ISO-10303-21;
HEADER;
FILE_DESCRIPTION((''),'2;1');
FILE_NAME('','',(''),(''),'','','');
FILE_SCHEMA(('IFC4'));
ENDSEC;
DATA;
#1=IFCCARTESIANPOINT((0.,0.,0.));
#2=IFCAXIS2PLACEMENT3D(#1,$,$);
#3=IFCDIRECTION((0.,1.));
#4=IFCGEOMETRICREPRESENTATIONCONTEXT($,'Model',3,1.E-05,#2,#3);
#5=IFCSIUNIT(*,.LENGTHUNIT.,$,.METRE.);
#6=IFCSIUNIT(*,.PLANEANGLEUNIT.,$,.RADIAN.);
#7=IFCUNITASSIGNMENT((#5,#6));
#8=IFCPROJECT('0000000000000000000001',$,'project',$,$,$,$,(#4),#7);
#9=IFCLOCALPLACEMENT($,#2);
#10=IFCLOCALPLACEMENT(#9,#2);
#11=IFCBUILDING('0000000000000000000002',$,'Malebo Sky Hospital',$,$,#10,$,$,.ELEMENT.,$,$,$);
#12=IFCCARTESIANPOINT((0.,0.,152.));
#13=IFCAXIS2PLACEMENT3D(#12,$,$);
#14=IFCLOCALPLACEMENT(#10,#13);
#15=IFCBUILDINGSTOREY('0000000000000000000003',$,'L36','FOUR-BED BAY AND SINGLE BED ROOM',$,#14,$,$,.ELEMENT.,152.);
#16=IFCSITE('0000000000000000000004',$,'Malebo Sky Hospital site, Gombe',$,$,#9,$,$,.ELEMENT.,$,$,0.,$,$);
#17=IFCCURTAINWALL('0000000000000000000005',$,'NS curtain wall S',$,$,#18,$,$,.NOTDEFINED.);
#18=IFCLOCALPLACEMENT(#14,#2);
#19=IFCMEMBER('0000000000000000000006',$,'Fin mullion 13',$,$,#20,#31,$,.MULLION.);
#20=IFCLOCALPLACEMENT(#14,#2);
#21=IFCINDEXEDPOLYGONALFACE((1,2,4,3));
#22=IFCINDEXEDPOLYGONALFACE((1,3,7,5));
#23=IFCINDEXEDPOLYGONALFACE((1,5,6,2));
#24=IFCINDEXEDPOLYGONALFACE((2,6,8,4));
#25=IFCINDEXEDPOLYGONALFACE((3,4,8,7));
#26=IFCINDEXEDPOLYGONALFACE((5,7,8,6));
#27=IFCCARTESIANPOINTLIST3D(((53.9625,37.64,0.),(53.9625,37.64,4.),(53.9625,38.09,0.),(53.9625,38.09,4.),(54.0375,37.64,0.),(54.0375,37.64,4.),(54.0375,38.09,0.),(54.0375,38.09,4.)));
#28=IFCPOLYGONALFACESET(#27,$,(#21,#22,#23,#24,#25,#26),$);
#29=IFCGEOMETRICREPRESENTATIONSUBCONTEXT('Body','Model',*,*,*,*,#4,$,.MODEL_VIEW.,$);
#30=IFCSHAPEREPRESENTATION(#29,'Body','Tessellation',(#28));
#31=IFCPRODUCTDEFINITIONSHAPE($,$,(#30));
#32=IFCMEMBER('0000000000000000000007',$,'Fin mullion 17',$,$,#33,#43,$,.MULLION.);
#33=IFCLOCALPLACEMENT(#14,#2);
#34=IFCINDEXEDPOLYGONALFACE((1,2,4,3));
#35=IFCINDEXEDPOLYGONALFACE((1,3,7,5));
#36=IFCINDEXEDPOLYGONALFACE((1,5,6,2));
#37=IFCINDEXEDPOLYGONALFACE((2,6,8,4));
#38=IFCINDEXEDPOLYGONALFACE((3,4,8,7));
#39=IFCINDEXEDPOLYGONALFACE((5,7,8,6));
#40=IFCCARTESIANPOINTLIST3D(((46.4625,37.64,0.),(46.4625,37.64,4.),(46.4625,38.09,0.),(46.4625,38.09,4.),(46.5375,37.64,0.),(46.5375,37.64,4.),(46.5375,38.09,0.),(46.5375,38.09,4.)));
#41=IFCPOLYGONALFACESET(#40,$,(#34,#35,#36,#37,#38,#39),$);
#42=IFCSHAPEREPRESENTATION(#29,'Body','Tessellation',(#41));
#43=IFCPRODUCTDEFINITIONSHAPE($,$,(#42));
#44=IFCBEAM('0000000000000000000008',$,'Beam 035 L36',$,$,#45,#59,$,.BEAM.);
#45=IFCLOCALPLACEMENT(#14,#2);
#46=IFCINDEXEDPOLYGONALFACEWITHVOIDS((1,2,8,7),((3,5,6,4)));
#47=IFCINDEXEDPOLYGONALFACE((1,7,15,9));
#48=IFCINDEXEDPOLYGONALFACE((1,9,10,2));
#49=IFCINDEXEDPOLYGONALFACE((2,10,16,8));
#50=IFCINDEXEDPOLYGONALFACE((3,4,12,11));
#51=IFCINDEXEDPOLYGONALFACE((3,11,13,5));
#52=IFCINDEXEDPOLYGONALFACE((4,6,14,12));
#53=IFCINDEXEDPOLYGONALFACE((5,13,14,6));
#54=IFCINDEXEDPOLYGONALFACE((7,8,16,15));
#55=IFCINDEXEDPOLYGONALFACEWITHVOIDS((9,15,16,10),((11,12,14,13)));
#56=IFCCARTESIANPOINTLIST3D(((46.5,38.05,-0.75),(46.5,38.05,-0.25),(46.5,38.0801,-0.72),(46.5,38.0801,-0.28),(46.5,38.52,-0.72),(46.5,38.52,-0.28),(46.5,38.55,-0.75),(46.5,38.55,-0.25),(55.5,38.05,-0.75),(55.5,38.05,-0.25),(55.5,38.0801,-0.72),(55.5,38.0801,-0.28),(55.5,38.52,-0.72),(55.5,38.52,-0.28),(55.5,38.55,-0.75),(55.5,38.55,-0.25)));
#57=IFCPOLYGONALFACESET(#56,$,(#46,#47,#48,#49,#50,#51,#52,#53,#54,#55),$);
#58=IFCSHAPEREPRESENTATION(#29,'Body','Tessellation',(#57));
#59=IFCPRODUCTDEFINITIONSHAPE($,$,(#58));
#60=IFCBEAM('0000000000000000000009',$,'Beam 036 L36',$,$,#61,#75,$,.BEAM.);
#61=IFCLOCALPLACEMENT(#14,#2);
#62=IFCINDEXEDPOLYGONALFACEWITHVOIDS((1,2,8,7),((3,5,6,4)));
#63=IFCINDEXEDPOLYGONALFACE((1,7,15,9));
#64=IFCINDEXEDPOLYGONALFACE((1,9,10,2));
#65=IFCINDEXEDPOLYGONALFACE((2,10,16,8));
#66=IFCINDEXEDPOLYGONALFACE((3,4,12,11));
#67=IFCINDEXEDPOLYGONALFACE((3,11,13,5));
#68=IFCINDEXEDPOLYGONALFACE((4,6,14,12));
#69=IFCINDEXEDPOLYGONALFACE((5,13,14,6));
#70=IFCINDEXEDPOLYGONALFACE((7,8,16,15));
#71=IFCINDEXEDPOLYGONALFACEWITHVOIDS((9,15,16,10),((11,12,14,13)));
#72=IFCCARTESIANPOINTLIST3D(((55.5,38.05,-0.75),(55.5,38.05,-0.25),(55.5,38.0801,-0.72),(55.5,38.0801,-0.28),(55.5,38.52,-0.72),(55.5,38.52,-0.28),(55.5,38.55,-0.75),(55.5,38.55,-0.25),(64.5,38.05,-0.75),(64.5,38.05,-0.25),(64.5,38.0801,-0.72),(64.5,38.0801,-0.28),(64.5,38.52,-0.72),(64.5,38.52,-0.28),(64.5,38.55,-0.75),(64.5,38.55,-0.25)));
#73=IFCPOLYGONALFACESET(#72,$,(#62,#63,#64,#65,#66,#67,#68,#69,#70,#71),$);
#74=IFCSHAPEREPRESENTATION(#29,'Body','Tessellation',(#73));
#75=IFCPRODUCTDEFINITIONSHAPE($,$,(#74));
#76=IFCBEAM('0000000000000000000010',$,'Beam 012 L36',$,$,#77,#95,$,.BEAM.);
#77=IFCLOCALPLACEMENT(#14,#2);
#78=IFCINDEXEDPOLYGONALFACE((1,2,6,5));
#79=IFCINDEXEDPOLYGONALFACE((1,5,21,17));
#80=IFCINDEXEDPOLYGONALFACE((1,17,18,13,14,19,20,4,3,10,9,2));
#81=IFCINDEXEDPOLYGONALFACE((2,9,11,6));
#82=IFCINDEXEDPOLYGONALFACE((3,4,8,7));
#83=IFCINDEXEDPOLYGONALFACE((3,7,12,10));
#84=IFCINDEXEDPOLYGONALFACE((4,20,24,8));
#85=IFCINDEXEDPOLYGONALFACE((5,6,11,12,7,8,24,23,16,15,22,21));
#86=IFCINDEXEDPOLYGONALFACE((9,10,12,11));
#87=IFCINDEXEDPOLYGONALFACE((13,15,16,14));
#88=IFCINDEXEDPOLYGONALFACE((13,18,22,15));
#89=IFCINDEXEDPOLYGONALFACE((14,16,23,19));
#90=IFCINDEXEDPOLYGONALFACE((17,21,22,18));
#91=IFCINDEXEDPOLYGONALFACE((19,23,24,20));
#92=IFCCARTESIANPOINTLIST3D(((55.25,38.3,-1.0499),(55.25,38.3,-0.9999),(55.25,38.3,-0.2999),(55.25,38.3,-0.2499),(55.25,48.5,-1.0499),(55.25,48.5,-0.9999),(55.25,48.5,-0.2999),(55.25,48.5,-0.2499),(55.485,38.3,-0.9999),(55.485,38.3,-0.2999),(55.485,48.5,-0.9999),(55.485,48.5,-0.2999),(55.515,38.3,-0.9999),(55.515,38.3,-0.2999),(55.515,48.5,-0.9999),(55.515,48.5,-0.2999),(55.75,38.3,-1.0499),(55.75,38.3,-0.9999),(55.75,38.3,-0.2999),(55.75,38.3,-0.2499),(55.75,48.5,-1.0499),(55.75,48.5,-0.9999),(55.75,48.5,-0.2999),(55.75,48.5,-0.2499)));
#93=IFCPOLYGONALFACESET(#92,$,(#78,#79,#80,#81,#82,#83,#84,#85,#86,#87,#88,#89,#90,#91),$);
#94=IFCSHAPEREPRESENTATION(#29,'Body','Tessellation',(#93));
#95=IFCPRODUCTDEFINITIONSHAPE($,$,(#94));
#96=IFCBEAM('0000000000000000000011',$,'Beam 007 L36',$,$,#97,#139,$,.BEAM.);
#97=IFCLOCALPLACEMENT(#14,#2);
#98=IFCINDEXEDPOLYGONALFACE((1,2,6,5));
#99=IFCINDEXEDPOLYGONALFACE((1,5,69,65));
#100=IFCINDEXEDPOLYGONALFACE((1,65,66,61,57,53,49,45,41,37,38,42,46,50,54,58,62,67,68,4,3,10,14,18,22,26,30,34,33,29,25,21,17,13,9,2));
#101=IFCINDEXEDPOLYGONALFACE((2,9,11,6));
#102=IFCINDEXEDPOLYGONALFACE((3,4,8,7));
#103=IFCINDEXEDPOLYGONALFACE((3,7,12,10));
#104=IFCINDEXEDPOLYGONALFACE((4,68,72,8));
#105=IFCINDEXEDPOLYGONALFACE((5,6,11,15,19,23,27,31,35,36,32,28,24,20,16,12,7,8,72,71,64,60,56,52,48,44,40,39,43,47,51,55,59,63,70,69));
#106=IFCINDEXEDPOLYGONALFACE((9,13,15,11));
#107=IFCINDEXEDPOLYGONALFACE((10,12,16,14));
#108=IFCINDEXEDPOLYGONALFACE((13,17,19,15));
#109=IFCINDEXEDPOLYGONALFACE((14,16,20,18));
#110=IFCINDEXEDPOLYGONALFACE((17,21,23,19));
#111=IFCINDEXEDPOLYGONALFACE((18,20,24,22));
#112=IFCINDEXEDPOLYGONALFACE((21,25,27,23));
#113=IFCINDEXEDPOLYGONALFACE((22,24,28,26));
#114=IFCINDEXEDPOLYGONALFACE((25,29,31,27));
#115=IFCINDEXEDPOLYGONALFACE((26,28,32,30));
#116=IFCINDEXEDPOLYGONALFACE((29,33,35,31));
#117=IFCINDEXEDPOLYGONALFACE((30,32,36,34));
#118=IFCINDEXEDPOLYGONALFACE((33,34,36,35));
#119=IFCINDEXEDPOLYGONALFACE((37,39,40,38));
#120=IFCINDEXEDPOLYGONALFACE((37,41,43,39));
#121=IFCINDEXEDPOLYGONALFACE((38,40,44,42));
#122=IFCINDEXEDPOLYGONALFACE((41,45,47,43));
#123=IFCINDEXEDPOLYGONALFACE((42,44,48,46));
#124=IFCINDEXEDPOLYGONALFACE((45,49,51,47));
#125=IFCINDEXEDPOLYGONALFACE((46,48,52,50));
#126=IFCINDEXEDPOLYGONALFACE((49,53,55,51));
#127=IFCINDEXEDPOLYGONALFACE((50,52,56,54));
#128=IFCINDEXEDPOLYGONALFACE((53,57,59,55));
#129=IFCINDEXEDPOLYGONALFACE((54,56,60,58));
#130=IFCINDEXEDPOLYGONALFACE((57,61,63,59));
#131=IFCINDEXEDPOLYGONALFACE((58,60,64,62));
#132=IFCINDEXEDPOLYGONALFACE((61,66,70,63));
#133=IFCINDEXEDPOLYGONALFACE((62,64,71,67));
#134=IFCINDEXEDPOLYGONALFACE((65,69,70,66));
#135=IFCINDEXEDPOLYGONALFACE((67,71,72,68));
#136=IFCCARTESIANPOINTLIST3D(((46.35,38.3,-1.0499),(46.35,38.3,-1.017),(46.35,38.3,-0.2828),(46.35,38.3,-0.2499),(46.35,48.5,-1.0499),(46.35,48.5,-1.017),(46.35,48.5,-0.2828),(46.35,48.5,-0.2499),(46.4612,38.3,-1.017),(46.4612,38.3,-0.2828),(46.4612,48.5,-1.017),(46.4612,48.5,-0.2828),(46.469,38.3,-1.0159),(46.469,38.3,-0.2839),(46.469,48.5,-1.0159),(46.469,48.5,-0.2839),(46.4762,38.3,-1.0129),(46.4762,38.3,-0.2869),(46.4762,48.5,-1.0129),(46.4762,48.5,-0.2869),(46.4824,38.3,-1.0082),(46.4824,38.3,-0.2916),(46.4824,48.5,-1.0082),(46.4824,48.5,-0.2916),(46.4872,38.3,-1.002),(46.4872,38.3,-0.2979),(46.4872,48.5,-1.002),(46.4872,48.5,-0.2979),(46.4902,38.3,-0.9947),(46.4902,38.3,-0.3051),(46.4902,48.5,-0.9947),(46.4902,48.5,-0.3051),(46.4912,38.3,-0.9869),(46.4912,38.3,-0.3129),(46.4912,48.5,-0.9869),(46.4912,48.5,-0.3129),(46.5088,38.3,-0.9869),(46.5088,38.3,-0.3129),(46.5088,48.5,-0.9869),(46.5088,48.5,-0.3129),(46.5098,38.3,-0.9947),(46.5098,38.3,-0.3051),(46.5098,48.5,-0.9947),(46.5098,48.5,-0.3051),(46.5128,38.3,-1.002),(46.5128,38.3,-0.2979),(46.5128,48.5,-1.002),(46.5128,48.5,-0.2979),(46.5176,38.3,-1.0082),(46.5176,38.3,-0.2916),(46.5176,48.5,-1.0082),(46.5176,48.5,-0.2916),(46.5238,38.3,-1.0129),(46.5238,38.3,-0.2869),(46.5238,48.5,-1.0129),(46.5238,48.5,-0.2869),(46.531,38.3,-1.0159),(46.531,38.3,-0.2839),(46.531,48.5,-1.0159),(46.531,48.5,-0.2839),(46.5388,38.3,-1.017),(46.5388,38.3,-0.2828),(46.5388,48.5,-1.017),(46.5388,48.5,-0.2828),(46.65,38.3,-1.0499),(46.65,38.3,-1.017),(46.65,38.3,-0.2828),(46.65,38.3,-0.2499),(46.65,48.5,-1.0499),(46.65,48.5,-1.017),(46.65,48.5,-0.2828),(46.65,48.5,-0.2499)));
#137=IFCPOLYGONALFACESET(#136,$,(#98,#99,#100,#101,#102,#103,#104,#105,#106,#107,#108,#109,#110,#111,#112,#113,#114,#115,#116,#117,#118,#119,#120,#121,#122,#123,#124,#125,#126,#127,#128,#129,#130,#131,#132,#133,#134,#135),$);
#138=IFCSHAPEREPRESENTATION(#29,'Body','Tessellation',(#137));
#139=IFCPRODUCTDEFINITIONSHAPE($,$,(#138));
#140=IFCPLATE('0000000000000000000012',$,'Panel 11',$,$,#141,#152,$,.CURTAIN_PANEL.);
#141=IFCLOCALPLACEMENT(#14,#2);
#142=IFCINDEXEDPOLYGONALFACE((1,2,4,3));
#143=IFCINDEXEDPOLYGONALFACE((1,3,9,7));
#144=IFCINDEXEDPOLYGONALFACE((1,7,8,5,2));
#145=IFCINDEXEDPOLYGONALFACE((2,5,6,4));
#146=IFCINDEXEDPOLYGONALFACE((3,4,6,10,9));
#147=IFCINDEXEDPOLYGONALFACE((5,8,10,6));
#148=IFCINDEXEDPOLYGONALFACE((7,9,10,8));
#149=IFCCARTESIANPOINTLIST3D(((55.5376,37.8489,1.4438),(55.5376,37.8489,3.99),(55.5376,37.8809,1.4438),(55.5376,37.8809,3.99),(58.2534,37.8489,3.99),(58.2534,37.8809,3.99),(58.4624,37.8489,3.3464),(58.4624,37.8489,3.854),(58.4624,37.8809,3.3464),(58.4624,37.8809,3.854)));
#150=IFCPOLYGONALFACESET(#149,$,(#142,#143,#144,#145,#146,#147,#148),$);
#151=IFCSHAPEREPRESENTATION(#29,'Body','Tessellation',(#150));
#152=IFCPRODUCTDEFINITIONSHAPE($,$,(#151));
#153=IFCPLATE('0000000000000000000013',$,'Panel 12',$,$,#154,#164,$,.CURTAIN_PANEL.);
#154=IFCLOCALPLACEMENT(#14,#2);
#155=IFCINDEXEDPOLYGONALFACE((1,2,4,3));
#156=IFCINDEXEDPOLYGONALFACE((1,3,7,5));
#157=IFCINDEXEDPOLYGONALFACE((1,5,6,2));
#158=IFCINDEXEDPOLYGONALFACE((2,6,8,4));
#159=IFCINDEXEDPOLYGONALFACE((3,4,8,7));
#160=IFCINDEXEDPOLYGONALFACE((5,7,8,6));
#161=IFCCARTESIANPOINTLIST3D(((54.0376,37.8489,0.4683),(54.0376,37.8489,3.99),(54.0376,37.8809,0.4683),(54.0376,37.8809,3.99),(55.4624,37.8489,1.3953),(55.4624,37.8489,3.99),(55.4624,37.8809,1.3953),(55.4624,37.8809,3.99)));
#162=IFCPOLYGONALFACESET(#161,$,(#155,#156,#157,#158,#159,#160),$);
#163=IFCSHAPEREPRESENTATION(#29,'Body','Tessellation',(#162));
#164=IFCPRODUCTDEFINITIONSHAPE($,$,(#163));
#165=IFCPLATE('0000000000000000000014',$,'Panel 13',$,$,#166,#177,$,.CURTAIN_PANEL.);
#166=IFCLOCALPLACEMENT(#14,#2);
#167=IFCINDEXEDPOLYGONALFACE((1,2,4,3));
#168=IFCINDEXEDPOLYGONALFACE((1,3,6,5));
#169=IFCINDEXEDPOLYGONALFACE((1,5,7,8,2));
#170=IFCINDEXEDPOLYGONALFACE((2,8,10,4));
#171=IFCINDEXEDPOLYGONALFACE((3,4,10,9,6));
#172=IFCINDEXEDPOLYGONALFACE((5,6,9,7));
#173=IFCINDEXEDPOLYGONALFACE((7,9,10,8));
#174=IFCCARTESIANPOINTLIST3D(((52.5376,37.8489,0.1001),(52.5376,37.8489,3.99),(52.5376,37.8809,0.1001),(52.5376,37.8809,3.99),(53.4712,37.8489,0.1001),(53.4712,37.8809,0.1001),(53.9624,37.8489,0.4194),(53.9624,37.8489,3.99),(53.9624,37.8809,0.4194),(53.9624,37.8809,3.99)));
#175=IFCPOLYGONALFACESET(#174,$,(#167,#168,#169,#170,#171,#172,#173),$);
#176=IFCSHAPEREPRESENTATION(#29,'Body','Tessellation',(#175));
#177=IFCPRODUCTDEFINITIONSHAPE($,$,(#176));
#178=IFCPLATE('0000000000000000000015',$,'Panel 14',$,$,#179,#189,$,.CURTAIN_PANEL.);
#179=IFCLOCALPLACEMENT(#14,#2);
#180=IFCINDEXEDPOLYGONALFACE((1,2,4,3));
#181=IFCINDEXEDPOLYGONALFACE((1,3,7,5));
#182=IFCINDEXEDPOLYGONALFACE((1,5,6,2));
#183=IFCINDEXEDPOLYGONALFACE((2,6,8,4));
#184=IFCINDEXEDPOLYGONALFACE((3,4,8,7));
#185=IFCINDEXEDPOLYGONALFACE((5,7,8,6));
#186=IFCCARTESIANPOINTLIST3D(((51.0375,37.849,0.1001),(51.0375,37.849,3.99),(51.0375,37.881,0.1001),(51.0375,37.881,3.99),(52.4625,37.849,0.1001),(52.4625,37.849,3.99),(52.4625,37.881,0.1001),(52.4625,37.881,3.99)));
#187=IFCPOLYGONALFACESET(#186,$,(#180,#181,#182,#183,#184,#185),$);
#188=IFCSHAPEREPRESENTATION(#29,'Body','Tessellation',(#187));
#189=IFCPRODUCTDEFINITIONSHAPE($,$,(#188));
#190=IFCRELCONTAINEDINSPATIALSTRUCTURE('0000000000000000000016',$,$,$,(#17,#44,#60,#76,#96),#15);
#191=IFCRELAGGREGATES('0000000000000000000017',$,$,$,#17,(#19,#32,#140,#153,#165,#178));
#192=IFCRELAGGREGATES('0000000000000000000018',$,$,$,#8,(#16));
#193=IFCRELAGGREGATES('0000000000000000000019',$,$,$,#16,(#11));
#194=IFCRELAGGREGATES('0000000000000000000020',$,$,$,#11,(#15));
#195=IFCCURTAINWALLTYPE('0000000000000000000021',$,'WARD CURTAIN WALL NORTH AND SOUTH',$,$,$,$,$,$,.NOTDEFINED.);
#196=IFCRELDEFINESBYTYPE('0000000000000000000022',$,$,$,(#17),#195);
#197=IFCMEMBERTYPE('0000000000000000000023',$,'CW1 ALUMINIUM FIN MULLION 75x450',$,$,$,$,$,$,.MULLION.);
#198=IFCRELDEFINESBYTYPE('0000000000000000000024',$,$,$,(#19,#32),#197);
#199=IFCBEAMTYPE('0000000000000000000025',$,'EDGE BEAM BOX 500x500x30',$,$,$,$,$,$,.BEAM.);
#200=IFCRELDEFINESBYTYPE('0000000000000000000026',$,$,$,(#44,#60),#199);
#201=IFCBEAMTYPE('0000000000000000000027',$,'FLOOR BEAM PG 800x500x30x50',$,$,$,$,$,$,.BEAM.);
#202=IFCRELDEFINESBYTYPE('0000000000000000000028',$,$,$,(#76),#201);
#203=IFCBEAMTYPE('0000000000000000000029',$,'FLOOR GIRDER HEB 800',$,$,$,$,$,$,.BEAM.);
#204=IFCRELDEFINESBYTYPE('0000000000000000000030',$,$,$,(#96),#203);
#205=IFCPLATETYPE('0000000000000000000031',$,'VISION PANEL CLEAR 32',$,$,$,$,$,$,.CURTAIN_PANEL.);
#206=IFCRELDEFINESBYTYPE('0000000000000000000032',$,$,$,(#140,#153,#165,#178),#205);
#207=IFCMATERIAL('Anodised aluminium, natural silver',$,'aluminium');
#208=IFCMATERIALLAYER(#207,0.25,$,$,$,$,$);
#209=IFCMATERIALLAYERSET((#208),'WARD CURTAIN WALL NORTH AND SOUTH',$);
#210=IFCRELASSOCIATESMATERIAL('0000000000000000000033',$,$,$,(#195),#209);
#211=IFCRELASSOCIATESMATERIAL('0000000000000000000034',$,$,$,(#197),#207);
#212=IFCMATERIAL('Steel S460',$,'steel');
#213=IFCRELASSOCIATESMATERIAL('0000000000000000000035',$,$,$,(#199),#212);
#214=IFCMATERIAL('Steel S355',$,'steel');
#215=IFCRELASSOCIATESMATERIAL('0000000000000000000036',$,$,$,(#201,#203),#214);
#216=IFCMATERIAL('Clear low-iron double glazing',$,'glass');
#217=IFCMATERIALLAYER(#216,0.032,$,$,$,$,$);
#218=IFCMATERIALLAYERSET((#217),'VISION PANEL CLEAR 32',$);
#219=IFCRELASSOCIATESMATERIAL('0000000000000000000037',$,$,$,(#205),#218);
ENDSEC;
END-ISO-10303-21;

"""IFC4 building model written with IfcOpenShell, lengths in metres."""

from ifc_helpers import new_model, si_unit, direction, frame, origin, origin_2d, place, context, subcontext, project, spatial, polyline, rectangle, hollow_rectangle, i_section, outline, extrude, material, layer, layer_set, material_profile, profile_set, type_object, element, aggregate, save


model = new_model("IFC4")

# Units and contexts
model_context = context("Model", 3, precision=1e-05, world=origin(), true_north=direction((0.0, 1.0)))
body_context = subcontext(model_context, "Body", "Model", "MODEL_VIEW")
ifc_project = project(units=[si_unit("LENGTHUNIT", "METRE"), si_unit("PLANEANGLEUNIT", "RADIAN")], contexts=[model_context])

# Site, building, storey
site_placement = place(None, origin())
site = spatial("IfcSite", under=ifc_project, at=site_placement, Name="Malebo Sky Hospital site, Gombe", CompositionType="ELEMENT", RefElevation=0.0)
building_placement = place(site_placement, origin())
building = spatial("IfcBuilding", under=site, at=building_placement, Name="Malebo Sky Hospital", CompositionType="ELEMENT")
storey_placement = place(building_placement, frame((0.0, 0.0, 152.0)))
storey = spatial("IfcBuildingStorey", under=building, at=storey_placement, Name="L36", Description="FOUR-BED BAY AND SINGLE BED ROOM", CompositionType="ELEMENT", Elevation=152.0)

# Shared definitions
ifc_material_1 = material(Name="Steel S460", Category="steel")

# Curtain wall
ifc_material_2 = material(Name="Anodised aluminium, natural silver", Category="aluminium")
ifc_layer_1 = layer(ifc_material_2, 0.25)
ifc_layer_set_1 = layer_set([ifc_layer_1], Name="WARD CURTAIN WALL NORTH AND SOUTH")
curtain_wall_type = type_object("IfcCurtainWallType", Name="WARD CURTAIN WALL NORTH AND SOUTH", PredefinedType="NOTDEFINED", material=ifc_layer_set_1)
curtain_wall_placement = place(storey_placement, origin())
curtain_wall = element("IfcCurtainWall", 1, at=curtain_wall_placement, inside=storey, type_object=curtain_wall_type, Name="NS curtain wall S", PredefinedType="NOTDEFINED")

# Members
ifc_material_3 = material(Name="Steel S355", Category="steel")
ifc_material_profile_1 = material_profile(ifc_material_2, rectangle(XDim=0.075, YDim=0.45, at=origin_2d()), Name="CW1 ALUMINIUM FIN MULLION 75x450")
ifc_profile_set_1 = profile_set([ifc_material_profile_1], Name="Anodised aluminium, natural silver")
member_type_1 = type_object("IfcMemberType", Name="CW1 ALUMINIUM FIN MULLION 75x450", PredefinedType="MULLION", material=ifc_profile_set_1)
member_1_placement = place(storey_placement, frame((54.0, 37.865, 0.0), z_axis=(0.0, 0.0, 1.0), x_axis=(-1.0, 0.0, 0.0)))
member_1 = element("IfcMember", 2, at=member_1_placement, type_object=member_type_1, Name="Fin mullion 13", PredefinedType="MULLION", context=body_context, shape_type="SweptSolid", body=[
    extrude(rectangle(XDim=0.075, YDim=0.45, at=origin_2d()), origin(), (0.0, 0.0, 1.0), 4.0),
])
member_2_placement = place(storey_placement, frame((46.5, 37.865, 0.0), z_axis=(0.0, 0.0, 1.0), x_axis=(-1.0, 0.0, 0.0)))
member_2 = element("IfcMember", 3, at=member_2_placement, type_object=member_type_1, Name="Fin mullion 17", PredefinedType="MULLION", context=body_context, shape_type="SweptSolid", body=[
    extrude(rectangle(XDim=0.075, YDim=0.45, at=origin_2d()), origin(), (0.0, 0.0, 1.0), 4.0),
])

# Beams
ifc_material_profile_2 = material_profile(ifc_material_1, hollow_rectangle(XDim=0.5, YDim=0.5, WallThickness=0.03, at=origin_2d()), Name="BOX 500x500x30")
ifc_profile_set_2 = profile_set([ifc_material_profile_2], Name="Steel S460")
beam_type_1 = type_object("IfcBeamType", Name="EDGE BEAM BOX 500x500x30", PredefinedType="BEAM", material=ifc_profile_set_2)
for number, where, z_axis, x_axis, name in (
    (4, (46.5, 38.3, -0.5), (1.0, 0.0, 0.0), (0.0, 1.0, 0.0), "Beam 035 L36"),
    (5, (55.5, 38.3, -0.5), (1.0, 0.0, 0.0), (0.0, 1.0, 0.0), "Beam 036 L36"),
):
    element("IfcBeam", number, at=place(storey_placement, frame(where, z_axis=z_axis, x_axis=x_axis)), inside=storey, type_object=beam_type_1, Name=name, PredefinedType="BEAM", context=body_context, shape_type="SweptSolid", body=[
        extrude(hollow_rectangle(XDim=0.5, YDim=0.5, WallThickness=0.03, at=origin_2d()), origin(), (0.0, 0.0, 1.0), 9.0),
    ])
ifc_material_profile_3 = material_profile(ifc_material_3, i_section(OverallWidth=0.5, OverallDepth=0.8, WebThickness=0.03, FlangeThickness=0.05, at=origin_2d()), Name="PG 800x500x30x50")
ifc_profile_set_3 = profile_set([ifc_material_profile_3], Name="Steel S355")
beam_type_2 = type_object("IfcBeamType", Name="FLOOR BEAM PG 800x500x30x50", PredefinedType="BEAM", material=ifc_profile_set_3)
beam_1_placement = place(storey_placement, frame((55.5, 38.3, -0.6499), z_axis=(0.0, 1.0, 0.0), x_axis=(-1.0, 0.0, 0.0)))
element("IfcBeam", 6, at=beam_1_placement, inside=storey, type_object=beam_type_2, Name="Beam 012 L36", PredefinedType="BEAM", context=body_context, shape_type="SweptSolid", body=[
    extrude(i_section(OverallWidth=0.5, OverallDepth=0.8, WebThickness=0.03, FlangeThickness=0.05, at=origin_2d()), origin(), (0.0, 0.0, 1.0), 10.2),
])
ifc_material_profile_4 = material_profile(ifc_material_3, i_section(OverallWidth=0.3, OverallDepth=0.8, WebThickness=0.0176, FlangeThickness=0.033, FilletRadius=0.03, at=origin_2d()), Name="HEB 800")
ifc_profile_set_4 = profile_set([ifc_material_profile_4], Name="Steel S355")
beam_type_3 = type_object("IfcBeamType", Name="FLOOR GIRDER HEB 800", PredefinedType="BEAM", material=ifc_profile_set_4)
beam_2_placement = place(storey_placement, frame((46.5, 38.3, -0.6499), z_axis=(0.0, 1.0, 0.0), x_axis=(-1.0, 0.0, 0.0)))
element("IfcBeam", 7, at=beam_2_placement, inside=storey, type_object=beam_type_3, Name="Beam 007 L36", PredefinedType="BEAM", context=body_context, shape_type="SweptSolid", body=[
    extrude(i_section(OverallWidth=0.3, OverallDepth=0.8, WebThickness=0.0176, FlangeThickness=0.033, FilletRadius=0.03, at=origin_2d()), origin(), (0.0, 0.0, 1.0), 10.2),
])

# Plates
ifc_material_4 = material(Name="Clear low-iron double glazing", Category="glass")
ifc_layer_2 = layer(ifc_material_4, 0.032)
ifc_layer_set_2 = layer_set([ifc_layer_2], Name="VISION PANEL CLEAR 32")
plate_type = type_object("IfcPlateType", Name="VISION PANEL CLEAR 32", PredefinedType="CURTAIN_PANEL", material=ifc_layer_set_2)
plate_1_placement = place(storey_placement, frame((57.0, 37.865, 1.4438), z_axis=(0.0, 0.0, 1.0), x_axis=(-1.0, 0.0, 0.0)))
plate_1 = element("IfcPlate", 8, at=plate_1_placement, type_object=plate_type, Name="Panel 11", PredefinedType="CURTAIN_PANEL", context=body_context, shape_type="SweptSolid", body=[
    extrude(outline(polyline([(1.4624, 0.0), (1.4624, 2.5461), (-1.2534, 2.5461), (-1.4624, 2.4102), (-1.4624, 1.9026), (1.4624, 0.0)])), frame((0.0, 0.0161, 0.0), z_axis=(0.0, -1.0, 0.0), x_axis=(1.0, 0.0, 0.0)), (0.0, 0.0, 1.0), 0.032),
])
plate_2_placement = place(storey_placement, frame((54.75, 37.865, 0.4683), z_axis=(0.0, 0.0, 1.0), x_axis=(-1.0, 0.0, 0.0)))
plate_2 = element("IfcPlate", 9, at=plate_2_placement, type_object=plate_type, Name="Panel 12", PredefinedType="CURTAIN_PANEL", context=body_context, shape_type="SweptSolid", body=[
    extrude(outline(polyline([(0.7124, 0.0), (0.7124, 3.5217), (-0.7124, 3.5217), (-0.7124, 0.927), (0.7124, 0.0)])), frame((0.0, 0.0161, 0.0), z_axis=(0.0, -1.0, 0.0), x_axis=(1.0, 0.0, 0.0)), (0.0, 0.0, 1.0), 0.032),
])
plate_3_placement = place(storey_placement, frame((53.25, 37.865, 0.1001), z_axis=(0.0, 0.0, 1.0), x_axis=(-1.0, 0.0, 0.0)))
plate_3 = element("IfcPlate", 10, at=plate_3_placement, type_object=plate_type, Name="Panel 13", PredefinedType="CURTAIN_PANEL", context=body_context, shape_type="SweptSolid", body=[
    extrude(outline(polyline([(-0.2212, 0.0), (0.7124, 0.0), (0.7124, 3.8899), (-0.7124, 3.8899), (-0.7124, 0.3193), (-0.2212, 0.0)])), frame((0.0, 0.0161, 0.0), z_axis=(0.0, -1.0, 0.0), x_axis=(1.0, 0.0, 0.0)), (0.0, 0.0, 1.0), 0.032),
])
plate_4_placement = place(storey_placement, frame((51.75, 37.865, 0.1001), z_axis=(0.0, 0.0, 1.0), x_axis=(-1.0, 0.0, 0.0)))
plate_4 = element("IfcPlate", 11, at=plate_4_placement, type_object=plate_type, Name="Panel 14", PredefinedType="CURTAIN_PANEL", context=body_context, shape_type="SweptSolid", body=[
    extrude(rectangle(XDim=1.425, YDim=0.032, at=origin_2d()), origin(), (0.0, 0.0, 1.0), 3.8899),
])
aggregate(curtain_wall, [member_1, member_2, plate_1, plate_2, plate_3, plate_4])

save(model, "model.ifc")
